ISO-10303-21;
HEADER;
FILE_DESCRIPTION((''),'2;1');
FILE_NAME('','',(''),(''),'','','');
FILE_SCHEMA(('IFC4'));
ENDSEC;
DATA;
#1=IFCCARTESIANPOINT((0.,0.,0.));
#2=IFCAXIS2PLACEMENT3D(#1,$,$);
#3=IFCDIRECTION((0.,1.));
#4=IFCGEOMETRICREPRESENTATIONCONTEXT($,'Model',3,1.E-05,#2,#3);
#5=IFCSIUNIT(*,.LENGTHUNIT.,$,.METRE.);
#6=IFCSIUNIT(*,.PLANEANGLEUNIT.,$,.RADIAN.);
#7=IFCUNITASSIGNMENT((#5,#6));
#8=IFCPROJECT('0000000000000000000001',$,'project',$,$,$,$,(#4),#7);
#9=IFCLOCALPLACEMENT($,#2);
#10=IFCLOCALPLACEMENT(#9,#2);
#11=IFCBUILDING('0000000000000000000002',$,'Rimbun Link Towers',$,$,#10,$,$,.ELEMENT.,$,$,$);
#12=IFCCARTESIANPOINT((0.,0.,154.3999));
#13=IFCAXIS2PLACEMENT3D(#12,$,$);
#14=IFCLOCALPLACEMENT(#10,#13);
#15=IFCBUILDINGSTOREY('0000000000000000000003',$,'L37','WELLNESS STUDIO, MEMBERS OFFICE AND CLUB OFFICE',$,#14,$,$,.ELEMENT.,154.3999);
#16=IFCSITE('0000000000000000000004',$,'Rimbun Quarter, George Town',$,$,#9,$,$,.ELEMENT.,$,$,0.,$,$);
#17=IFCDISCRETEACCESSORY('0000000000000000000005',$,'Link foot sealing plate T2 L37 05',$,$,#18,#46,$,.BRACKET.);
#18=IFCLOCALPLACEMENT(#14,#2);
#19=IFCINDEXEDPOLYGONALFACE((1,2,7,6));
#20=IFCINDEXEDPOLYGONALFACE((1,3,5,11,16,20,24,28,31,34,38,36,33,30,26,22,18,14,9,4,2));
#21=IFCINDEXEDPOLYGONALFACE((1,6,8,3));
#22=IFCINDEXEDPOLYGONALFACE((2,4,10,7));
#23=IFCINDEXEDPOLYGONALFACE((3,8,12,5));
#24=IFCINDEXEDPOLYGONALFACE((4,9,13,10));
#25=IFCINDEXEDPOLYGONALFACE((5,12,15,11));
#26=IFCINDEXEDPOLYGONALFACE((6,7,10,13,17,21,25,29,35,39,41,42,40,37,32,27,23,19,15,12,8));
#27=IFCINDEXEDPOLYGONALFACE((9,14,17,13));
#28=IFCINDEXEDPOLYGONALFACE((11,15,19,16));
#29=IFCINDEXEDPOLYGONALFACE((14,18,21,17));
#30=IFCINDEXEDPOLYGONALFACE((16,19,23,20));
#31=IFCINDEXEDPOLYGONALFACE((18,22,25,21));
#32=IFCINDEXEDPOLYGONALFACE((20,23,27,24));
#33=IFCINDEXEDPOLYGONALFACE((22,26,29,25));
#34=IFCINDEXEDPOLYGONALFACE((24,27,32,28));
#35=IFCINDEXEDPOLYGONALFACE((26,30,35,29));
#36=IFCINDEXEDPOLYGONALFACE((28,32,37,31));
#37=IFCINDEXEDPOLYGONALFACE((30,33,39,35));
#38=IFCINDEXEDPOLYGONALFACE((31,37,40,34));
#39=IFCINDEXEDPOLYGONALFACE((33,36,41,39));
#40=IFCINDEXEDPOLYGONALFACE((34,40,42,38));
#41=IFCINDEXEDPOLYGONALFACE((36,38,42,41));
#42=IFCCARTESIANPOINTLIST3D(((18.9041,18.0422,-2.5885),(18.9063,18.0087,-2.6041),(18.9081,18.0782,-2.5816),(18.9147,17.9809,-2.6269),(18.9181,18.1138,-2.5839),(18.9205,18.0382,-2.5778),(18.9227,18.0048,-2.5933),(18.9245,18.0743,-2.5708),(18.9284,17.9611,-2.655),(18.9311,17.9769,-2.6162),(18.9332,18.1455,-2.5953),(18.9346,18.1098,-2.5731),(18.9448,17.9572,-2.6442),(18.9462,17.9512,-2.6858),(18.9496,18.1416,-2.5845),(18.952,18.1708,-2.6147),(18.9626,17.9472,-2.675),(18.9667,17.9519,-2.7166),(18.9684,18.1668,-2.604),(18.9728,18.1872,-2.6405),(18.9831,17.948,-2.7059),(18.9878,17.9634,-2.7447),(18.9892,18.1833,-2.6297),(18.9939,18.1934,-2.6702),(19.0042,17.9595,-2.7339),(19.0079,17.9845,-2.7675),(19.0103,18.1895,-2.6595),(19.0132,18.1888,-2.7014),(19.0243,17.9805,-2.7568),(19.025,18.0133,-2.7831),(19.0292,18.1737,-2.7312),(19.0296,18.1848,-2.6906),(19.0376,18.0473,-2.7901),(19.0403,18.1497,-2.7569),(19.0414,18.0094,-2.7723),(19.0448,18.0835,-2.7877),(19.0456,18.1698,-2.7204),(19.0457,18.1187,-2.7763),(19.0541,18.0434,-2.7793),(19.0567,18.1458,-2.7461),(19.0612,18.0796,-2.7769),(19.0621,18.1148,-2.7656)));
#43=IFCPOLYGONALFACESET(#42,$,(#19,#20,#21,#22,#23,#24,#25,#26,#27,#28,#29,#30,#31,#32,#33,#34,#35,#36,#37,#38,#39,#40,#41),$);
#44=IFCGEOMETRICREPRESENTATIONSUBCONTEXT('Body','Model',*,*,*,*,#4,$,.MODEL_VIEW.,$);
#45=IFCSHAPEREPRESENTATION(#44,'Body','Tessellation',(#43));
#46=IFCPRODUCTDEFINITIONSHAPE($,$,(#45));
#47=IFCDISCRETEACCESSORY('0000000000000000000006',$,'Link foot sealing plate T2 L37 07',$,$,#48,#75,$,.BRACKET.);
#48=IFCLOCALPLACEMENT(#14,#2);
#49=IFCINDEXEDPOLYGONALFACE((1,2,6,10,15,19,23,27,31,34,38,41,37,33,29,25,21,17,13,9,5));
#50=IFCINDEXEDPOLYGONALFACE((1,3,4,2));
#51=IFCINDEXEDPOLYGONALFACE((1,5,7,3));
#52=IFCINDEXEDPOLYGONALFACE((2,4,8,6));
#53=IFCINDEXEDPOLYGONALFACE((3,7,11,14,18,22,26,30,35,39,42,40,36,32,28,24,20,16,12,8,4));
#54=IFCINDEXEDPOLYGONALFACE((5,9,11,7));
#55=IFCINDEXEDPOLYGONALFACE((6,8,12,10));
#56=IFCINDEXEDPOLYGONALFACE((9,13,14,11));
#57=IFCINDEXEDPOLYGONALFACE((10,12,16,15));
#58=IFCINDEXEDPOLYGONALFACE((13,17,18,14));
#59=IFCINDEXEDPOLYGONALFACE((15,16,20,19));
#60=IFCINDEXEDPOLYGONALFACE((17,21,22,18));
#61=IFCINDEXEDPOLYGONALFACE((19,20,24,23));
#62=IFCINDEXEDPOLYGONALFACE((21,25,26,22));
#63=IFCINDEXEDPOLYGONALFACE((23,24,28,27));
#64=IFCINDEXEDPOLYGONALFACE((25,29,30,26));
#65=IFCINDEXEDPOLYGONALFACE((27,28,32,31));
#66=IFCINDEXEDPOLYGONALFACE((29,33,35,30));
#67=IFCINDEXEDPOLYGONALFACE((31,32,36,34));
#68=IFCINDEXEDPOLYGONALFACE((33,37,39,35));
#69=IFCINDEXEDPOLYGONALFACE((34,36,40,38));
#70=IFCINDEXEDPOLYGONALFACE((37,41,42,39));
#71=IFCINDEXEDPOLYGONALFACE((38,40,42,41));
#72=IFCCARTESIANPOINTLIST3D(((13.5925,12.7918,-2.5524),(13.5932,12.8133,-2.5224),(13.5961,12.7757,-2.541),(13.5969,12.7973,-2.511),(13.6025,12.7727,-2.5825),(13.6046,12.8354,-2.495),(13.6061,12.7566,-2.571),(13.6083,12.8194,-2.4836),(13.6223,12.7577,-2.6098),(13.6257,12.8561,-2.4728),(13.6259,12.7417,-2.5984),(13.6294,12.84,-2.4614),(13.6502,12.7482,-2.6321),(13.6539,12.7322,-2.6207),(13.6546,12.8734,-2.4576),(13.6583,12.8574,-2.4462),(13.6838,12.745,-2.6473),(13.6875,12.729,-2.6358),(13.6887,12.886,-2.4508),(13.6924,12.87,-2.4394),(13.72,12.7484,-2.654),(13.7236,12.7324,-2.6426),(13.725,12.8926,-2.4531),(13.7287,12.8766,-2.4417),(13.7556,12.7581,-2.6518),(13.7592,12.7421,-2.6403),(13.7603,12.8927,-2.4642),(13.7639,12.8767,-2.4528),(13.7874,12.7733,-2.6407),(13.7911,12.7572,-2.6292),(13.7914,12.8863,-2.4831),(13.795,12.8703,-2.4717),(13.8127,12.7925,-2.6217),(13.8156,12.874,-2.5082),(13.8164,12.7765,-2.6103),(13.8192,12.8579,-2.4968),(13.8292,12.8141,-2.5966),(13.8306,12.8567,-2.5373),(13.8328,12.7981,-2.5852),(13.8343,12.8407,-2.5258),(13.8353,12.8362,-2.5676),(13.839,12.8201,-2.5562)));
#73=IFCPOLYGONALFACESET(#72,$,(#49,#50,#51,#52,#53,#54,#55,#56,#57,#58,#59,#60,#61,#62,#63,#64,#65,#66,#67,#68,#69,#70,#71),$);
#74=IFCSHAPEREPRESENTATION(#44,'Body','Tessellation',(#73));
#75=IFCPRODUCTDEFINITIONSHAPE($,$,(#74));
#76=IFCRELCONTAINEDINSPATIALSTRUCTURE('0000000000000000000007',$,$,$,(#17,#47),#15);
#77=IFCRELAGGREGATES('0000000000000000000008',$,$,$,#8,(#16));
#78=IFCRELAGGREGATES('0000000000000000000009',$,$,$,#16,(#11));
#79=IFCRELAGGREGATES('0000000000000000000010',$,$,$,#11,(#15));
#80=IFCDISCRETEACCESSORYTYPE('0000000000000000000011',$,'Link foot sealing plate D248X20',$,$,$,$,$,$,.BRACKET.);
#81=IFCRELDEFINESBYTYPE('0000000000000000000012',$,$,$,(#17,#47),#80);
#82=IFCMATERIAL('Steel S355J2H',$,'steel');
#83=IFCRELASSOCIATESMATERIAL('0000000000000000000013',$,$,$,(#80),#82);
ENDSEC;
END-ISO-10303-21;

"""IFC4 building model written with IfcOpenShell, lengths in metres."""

from ifc_helpers import new_model, si_unit, direction, frame, origin, origin_2d, place, context, subcontext, project, spatial, circle, extrude, material, material_profile, profile_set, type_object, element, save


model = new_model("IFC4")

# Units and contexts
model_context = context("Model", 3, precision=1e-05, world=origin(), true_north=direction((0.0, 1.0)))
body_context = subcontext(model_context, "Body", "Model", "MODEL_VIEW")
ifc_project = project(units=[si_unit("LENGTHUNIT", "METRE"), si_unit("PLANEANGLEUNIT", "RADIAN")], contexts=[model_context])

# Site, building, storey
site_placement = place(None, origin())
site = spatial("IfcSite", under=ifc_project, at=site_placement, Name="Rimbun Quarter, George Town", CompositionType="ELEMENT", RefElevation=0.0)
building_placement = place(site_placement, origin())
building = spatial("IfcBuilding", under=site, at=building_placement, Name="Rimbun Link Towers", CompositionType="ELEMENT")
storey_placement = place(building_placement, frame((0.0, 0.0, 154.3999)))
storey = spatial("IfcBuildingStorey", under=building, at=storey_placement, Name="L37", Description="WELLNESS STUDIO, MEMBERS OFFICE AND CLUB OFFICE", CompositionType="ELEMENT", Elevation=154.3999)

# Discrete accessories
ifc_material_1 = material(Name="Steel S355J2H", Category="steel")
ifc_material_profile_1 = material_profile(ifc_material_1, circle(Radius=0.124, at=origin_2d()), Name="PL D248")
ifc_profile_set_1 = profile_set([ifc_material_profile_1], Name="Steel S355J2H")
discrete_accessory_type = type_object("IfcDiscreteAccessoryType", Name="Link foot sealing plate D248X20", PredefinedType="BRACKET", material=ifc_profile_set_1)
for number, where, z_axis, x_axis, name in (
    (1, (18.9915, 18.0679, -2.675), (-0.819698, 0.195749, -0.538309), (-0.232275, -0.97265, 0.0), "Link foot sealing plate T2 L37 05"),
    (2, (13.717, 12.8032, -2.541), (-0.182036, 0.800957, -0.570378), (-0.975133, -0.221621, 0.0), "Link foot sealing plate T2 L37 07"),
):
    element("IfcDiscreteAccessory", number, at=place(storey_placement, frame(where, z_axis=z_axis, x_axis=x_axis)), inside=storey, type_object=discrete_accessory_type, Name=name, PredefinedType="BRACKET", context=body_context, shape_type="SweptSolid", body=[
        extrude(circle(Radius=0.124, at=origin_2d()), origin(), (0.0, 0.0, 1.0), 0.02),
    ])

save(model, "model.ifc")
